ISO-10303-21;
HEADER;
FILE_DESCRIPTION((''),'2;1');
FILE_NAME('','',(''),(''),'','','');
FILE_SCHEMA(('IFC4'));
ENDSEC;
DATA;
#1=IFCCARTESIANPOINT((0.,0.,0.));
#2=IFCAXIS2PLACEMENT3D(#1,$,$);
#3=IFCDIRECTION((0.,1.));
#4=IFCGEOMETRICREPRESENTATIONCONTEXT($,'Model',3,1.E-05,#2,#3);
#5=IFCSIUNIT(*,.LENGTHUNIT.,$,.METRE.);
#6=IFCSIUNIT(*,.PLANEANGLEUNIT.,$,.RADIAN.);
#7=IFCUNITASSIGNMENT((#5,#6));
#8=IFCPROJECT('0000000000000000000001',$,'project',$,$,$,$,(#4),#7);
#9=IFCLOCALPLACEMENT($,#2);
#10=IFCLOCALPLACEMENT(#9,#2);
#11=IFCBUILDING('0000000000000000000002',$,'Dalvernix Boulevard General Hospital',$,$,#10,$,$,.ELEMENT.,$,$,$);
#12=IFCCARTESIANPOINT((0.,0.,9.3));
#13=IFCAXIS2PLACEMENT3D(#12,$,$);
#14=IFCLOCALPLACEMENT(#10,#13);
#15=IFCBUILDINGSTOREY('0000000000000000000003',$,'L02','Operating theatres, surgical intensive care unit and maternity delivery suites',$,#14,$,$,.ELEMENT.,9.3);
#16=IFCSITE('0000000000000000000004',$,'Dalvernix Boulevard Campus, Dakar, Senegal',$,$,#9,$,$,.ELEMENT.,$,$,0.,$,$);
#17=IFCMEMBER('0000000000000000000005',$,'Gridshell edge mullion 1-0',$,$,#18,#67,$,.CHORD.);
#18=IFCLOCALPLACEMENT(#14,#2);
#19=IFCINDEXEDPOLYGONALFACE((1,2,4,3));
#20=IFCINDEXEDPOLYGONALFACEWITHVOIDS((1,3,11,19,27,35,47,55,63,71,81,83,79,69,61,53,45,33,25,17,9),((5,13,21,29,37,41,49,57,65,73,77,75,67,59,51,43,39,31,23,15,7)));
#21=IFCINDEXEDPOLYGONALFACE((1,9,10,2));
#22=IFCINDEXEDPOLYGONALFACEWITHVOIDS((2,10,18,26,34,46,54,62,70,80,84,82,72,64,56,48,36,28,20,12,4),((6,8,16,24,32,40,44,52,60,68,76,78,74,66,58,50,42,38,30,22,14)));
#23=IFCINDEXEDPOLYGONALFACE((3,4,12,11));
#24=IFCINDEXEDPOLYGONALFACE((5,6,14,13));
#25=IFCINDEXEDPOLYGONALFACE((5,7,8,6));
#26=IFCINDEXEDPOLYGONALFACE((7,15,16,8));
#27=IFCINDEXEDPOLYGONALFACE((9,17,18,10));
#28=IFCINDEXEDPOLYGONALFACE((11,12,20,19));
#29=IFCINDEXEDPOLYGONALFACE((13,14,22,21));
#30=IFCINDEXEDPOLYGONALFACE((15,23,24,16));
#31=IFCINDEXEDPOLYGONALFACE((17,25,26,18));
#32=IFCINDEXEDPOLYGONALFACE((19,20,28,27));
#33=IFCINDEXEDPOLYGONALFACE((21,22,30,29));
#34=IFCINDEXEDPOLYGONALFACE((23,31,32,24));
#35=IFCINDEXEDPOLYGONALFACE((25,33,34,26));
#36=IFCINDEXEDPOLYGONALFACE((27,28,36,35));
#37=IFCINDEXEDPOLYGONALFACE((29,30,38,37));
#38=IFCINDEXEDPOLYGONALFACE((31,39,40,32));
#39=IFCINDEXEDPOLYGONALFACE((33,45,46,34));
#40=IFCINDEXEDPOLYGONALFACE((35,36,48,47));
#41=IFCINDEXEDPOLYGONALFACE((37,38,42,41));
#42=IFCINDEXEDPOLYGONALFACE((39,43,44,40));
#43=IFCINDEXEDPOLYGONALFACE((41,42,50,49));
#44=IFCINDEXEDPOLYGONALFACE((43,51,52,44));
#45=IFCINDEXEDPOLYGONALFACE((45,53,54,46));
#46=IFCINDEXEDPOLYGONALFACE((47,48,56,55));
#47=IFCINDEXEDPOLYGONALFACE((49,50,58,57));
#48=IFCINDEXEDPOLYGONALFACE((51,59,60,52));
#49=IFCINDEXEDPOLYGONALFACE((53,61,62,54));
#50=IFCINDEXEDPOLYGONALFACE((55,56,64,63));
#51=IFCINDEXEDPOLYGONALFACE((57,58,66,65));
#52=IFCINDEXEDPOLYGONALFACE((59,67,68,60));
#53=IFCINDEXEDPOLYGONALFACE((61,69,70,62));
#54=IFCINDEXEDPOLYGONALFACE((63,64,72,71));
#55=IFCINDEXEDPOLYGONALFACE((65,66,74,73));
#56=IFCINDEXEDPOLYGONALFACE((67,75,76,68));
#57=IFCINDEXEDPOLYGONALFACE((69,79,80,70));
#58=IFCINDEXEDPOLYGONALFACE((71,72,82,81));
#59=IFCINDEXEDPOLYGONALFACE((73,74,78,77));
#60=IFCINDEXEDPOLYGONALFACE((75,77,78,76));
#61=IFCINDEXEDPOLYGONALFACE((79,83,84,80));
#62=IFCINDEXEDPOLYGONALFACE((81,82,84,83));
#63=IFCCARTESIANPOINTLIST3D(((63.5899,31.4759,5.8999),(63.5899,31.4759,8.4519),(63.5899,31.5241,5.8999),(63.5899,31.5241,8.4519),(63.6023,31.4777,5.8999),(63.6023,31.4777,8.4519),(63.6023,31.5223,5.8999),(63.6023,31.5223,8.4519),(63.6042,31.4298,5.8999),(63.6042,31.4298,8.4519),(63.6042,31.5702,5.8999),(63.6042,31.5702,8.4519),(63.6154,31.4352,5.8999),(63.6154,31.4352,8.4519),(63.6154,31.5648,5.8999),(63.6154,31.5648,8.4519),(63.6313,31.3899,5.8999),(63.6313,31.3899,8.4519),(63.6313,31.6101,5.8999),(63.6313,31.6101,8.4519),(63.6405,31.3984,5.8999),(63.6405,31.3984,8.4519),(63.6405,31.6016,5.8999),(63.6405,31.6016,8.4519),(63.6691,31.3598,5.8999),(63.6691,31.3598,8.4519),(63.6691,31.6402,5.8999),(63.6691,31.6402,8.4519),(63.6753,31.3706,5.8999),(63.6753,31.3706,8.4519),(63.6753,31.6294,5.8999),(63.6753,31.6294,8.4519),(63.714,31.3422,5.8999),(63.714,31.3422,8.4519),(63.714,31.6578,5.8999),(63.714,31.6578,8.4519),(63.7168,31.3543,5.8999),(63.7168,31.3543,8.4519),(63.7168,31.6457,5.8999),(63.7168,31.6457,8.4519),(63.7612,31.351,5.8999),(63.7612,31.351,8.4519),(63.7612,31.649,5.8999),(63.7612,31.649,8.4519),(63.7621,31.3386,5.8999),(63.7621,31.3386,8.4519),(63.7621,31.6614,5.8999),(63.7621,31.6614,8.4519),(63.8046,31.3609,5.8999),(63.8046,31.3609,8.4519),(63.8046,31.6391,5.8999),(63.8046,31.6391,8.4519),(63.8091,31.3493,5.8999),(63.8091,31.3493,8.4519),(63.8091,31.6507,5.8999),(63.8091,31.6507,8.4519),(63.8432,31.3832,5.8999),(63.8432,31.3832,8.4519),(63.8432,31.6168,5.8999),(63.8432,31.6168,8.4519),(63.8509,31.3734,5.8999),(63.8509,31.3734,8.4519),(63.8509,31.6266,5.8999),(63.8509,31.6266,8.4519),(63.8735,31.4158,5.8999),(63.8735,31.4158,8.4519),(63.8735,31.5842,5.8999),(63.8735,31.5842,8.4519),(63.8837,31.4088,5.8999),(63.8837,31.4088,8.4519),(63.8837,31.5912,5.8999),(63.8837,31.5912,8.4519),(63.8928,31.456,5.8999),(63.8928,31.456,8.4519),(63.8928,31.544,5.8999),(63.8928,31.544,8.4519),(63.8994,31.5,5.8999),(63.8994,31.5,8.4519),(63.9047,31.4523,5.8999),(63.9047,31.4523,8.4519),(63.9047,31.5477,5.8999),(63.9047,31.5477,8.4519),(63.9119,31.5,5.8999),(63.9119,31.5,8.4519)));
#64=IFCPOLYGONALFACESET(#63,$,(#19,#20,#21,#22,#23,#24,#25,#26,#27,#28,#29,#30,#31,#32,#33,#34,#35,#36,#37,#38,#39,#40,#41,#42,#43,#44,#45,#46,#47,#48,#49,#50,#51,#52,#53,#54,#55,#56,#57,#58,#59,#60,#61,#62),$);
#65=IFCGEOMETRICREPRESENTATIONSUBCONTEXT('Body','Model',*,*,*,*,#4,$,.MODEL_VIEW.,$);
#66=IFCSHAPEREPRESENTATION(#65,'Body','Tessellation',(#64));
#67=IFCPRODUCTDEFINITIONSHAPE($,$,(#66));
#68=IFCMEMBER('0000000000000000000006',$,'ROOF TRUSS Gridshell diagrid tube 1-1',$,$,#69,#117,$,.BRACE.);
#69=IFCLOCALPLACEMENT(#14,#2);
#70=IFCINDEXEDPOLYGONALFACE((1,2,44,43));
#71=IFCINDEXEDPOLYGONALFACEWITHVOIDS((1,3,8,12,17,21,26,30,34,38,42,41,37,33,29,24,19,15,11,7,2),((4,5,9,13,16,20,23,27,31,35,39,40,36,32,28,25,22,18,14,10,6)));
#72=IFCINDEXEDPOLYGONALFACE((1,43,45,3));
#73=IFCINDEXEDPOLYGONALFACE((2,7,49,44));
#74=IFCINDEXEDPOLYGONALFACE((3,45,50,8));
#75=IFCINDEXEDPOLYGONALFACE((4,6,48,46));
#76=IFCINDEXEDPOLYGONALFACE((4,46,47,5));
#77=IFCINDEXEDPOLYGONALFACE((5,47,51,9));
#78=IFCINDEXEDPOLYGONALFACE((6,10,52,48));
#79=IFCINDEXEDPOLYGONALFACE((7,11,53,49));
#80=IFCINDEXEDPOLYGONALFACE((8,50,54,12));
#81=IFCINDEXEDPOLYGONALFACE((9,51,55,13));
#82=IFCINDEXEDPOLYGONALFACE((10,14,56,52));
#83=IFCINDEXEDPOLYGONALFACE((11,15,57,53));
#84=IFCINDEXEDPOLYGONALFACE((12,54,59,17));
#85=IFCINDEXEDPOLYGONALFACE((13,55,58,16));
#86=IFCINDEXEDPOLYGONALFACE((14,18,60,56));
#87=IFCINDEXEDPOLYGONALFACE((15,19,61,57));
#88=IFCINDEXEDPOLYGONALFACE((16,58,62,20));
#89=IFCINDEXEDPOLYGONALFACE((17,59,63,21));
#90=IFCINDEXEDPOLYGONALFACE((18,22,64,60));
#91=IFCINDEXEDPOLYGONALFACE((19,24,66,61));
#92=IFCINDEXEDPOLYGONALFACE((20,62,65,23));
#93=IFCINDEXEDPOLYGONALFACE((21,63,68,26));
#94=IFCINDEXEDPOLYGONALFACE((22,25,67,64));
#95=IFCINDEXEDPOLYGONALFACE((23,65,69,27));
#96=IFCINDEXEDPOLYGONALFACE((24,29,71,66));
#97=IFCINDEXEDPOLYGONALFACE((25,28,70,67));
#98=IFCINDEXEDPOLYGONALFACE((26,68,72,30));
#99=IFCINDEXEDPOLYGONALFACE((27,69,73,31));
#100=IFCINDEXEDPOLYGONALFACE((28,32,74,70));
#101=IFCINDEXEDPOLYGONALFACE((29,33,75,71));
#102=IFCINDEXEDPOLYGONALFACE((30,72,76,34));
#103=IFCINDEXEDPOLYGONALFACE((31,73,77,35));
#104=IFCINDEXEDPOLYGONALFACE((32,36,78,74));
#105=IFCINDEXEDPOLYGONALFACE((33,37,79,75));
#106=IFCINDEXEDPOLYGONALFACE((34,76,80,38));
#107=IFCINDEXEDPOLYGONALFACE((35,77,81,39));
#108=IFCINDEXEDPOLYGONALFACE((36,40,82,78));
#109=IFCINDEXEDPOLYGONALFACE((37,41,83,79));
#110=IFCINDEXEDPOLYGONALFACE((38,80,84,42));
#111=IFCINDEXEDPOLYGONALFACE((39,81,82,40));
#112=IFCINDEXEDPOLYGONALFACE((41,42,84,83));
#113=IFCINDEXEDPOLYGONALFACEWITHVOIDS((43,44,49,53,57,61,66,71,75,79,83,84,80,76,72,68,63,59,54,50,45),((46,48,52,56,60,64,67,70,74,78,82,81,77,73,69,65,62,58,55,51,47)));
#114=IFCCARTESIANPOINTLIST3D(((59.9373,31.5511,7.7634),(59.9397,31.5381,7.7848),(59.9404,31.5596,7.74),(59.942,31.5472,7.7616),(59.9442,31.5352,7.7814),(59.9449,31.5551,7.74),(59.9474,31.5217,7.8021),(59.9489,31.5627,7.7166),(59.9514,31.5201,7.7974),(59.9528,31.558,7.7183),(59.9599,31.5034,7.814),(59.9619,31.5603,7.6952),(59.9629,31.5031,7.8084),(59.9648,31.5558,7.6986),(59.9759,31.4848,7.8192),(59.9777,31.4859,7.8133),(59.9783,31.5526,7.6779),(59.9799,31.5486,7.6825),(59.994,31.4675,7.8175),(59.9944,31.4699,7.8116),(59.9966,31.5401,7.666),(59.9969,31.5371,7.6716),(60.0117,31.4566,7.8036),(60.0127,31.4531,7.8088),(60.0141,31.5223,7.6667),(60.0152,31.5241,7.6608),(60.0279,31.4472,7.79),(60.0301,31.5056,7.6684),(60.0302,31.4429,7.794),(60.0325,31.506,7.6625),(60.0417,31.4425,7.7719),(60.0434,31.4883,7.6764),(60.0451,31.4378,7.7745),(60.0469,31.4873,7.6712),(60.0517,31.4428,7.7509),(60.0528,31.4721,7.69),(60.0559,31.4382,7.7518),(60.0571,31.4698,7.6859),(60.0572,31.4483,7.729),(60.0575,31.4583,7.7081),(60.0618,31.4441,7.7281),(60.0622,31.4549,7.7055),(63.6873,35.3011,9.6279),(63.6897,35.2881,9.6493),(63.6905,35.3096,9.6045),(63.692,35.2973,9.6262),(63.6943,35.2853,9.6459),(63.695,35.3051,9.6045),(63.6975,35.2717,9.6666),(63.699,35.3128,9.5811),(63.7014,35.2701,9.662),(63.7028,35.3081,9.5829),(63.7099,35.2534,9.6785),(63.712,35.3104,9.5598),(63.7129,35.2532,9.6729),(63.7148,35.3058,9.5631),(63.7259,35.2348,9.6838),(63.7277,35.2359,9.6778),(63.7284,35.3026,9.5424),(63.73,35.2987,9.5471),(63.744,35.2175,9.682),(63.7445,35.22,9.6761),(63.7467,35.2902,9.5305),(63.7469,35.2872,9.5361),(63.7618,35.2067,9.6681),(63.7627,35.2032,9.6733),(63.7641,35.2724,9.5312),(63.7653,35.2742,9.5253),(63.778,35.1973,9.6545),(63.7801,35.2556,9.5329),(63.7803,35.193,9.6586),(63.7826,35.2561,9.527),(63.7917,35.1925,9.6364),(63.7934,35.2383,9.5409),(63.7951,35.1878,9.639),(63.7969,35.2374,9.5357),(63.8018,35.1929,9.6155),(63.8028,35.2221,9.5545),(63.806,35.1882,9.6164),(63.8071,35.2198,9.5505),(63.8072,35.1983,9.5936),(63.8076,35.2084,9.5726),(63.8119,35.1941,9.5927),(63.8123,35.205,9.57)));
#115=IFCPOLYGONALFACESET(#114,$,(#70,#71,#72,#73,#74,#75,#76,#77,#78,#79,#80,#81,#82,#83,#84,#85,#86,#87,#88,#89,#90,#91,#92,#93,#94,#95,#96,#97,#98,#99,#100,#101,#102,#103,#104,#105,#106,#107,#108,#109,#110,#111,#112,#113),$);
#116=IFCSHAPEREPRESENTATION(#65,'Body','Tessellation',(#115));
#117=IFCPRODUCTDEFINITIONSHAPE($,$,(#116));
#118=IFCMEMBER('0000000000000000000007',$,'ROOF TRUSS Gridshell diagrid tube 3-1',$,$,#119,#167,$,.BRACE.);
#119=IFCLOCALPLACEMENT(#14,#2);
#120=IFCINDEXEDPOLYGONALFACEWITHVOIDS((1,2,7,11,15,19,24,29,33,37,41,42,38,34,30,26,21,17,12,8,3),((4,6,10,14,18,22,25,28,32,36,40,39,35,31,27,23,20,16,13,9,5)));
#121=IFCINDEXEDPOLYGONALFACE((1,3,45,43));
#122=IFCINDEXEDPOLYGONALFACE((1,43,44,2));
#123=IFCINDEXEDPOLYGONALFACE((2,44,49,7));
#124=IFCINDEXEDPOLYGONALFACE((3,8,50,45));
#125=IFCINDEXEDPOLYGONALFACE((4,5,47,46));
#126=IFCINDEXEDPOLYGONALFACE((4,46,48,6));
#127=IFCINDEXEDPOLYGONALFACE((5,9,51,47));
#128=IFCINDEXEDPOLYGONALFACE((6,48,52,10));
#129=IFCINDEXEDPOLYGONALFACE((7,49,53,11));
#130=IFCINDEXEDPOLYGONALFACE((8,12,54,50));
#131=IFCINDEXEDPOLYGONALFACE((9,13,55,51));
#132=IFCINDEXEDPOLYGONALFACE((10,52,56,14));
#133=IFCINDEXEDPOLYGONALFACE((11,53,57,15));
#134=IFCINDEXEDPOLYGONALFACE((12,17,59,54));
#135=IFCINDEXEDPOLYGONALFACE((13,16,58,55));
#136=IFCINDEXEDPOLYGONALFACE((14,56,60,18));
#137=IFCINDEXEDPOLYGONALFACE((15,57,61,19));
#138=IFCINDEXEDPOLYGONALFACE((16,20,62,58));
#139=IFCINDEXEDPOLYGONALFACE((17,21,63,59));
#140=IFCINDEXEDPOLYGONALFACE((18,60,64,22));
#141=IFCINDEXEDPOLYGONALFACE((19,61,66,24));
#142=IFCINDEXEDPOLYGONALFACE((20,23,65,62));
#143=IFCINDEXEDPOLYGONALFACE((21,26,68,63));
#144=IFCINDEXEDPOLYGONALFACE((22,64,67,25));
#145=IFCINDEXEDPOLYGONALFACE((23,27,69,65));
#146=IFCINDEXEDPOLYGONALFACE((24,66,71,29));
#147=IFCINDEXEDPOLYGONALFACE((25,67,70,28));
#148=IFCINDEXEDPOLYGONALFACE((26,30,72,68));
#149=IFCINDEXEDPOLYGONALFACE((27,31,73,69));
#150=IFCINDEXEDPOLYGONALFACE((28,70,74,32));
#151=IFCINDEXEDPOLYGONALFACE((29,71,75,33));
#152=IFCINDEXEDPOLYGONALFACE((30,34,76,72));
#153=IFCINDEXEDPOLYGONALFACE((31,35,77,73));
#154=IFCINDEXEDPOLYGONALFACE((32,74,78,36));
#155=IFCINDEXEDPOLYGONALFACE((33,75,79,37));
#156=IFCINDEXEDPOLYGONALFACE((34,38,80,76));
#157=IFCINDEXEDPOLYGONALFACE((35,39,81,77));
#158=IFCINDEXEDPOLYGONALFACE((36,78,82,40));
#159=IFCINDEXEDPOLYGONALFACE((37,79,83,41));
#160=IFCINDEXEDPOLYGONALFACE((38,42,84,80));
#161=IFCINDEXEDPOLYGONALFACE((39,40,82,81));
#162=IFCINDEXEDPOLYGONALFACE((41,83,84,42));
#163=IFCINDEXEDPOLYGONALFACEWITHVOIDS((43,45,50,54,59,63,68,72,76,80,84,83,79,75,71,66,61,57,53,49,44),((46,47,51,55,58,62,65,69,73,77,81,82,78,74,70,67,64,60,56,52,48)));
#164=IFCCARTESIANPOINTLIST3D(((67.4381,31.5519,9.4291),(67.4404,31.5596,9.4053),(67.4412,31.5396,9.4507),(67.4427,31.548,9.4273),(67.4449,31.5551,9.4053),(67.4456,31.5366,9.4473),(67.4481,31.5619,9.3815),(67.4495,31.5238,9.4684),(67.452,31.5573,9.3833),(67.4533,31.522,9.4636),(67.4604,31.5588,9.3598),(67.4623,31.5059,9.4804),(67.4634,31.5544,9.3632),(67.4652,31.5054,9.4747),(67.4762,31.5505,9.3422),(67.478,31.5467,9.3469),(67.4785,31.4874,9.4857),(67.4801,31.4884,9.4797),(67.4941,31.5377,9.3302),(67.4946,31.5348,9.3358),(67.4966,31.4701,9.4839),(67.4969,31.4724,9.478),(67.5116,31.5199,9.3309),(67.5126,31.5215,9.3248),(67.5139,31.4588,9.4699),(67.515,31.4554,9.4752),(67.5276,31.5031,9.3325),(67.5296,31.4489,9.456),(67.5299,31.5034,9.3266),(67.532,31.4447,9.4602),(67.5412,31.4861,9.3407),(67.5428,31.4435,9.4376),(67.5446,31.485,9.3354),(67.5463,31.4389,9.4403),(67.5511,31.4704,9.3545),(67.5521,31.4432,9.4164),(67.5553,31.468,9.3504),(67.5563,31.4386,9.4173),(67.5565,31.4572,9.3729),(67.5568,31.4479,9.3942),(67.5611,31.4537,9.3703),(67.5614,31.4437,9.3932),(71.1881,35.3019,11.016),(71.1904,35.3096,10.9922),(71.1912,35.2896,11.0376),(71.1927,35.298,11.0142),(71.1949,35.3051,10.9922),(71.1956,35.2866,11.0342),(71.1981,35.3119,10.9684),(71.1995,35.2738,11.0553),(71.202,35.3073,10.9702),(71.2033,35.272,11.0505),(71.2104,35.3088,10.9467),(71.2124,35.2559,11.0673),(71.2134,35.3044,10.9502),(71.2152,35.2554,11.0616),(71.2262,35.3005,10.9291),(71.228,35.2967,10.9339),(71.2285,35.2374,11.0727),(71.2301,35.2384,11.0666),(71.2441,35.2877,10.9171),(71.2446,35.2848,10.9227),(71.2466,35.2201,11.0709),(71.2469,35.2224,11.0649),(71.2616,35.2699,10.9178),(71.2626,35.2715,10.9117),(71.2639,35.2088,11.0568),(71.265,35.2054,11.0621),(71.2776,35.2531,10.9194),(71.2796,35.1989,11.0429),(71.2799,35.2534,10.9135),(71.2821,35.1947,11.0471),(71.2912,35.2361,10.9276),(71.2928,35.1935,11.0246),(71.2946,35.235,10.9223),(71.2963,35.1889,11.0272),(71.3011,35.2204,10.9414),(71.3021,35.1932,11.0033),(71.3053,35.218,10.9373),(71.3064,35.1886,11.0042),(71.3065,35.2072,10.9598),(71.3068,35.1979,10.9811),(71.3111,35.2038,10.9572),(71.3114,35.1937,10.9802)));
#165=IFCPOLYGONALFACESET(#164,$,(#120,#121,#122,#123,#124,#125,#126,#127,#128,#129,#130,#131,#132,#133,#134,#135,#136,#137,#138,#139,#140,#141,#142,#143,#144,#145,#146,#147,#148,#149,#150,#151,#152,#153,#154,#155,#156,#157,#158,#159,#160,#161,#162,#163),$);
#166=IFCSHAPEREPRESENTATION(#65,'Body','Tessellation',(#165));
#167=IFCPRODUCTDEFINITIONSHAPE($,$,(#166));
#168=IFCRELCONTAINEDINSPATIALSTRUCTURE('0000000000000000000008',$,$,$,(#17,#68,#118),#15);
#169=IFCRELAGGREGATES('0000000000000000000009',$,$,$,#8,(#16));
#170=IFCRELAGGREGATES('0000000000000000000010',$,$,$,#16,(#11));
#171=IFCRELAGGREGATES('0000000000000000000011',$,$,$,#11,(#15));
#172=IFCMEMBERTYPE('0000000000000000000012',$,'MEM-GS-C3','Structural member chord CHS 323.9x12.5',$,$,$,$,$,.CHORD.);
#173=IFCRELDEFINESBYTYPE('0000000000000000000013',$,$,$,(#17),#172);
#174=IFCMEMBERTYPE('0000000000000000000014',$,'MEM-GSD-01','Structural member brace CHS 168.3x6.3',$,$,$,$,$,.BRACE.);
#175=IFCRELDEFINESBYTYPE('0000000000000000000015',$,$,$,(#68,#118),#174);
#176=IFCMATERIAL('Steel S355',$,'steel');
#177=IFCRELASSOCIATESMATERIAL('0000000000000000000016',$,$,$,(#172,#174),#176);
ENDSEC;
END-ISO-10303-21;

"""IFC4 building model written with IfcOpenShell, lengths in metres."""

from ifc_helpers import new_model, si_unit, direction, frame, origin, origin_2d, place, context, subcontext, project, spatial, hollow_circle, extrude, material, material_profile, profile_set, type_object, element, save


model = new_model("IFC4")

# Units and contexts
model_context = context("Model", 3, precision=1e-05, world=origin(), true_north=direction((0.0, 1.0)))
body_context = subcontext(model_context, "Body", "Model", "MODEL_VIEW")
ifc_project = project(units=[si_unit("LENGTHUNIT", "METRE"), si_unit("PLANEANGLEUNIT", "RADIAN")], contexts=[model_context])

# Site, building, storey
site_placement = place(None, origin())
site = spatial("IfcSite", under=ifc_project, at=site_placement, Name="Dalvernix Boulevard Campus, Dakar, Senegal", CompositionType="ELEMENT", RefElevation=0.0)
building_placement = place(site_placement, origin())
building = spatial("IfcBuilding", under=site, at=building_placement, Name="Dalvernix Boulevard General Hospital", CompositionType="ELEMENT")
storey_placement = place(building_placement, frame((0.0, 0.0, 9.3)))
storey = spatial("IfcBuildingStorey", under=building, at=storey_placement, Name="L02", Description="Operating theatres, surgical intensive care unit and maternity delivery suites", CompositionType="ELEMENT", Elevation=9.3)

# Shared definitions
ifc_material_1 = material(Name="Steel S355", Category="steel")

# Members
ifc_material_profile_1 = material_profile(ifc_material_1, hollow_circle(Radius=0.1619, WallThickness=0.0125, at=origin_2d()), Name="CHS 323.9x12.5")
ifc_profile_set_1 = profile_set([ifc_material_profile_1], Name="Steel S355")
member_type_1 = type_object("IfcMemberType", Name="MEM-GS-C3", Description="Structural member chord CHS 323.9x12.5", PredefinedType="CHORD", material=ifc_profile_set_1)
member_1_placement = place(storey_placement, frame((63.75, 31.5, 5.8999), z_axis=(0.0, 0.0, 1.0), x_axis=(1.0, 0.0, 0.0)))
element("IfcMember", 1, at=member_1_placement, inside=storey, type_object=member_type_1, Name="Gridshell edge mullion 1-0", PredefinedType="CHORD", context=body_context, shape_type="SweptSolid", body=[
    extrude(hollow_circle(Radius=0.1619, WallThickness=0.0125, at=origin_2d()), origin(), (0.0, 0.0, 1.0), 2.552),
])
ifc_material_profile_2 = material_profile(ifc_material_1, hollow_circle(Radius=0.0842, WallThickness=0.0063, at=origin_2d()), Name="CHS 168.3x6.3")
ifc_profile_set_2 = profile_set([ifc_material_profile_2], Name="Steel S355")
member_type_2 = type_object("IfcMemberType", Name="MEM-GSD-01", Description="Structural member brace CHS 168.3x6.3", PredefinedType="BRACE", material=ifc_profile_set_2)
member_2_placement = place(storey_placement, frame((60.0, 31.5, 7.74), z_axis=(0.667081, 0.667081, 0.331673), x_axis=(-0.707107, 0.707107, 0.0)))
element("IfcMember", 2, at=member_2_placement, inside=storey, type_object=member_type_2, Name="ROOF TRUSS Gridshell diagrid tube 1-1", PredefinedType="BRACE", context=body_context, shape_type="SweptSolid", body=[
    extrude(hollow_circle(Radius=0.0842, WallThickness=0.0063, at=origin_2d()), origin(), (0.0, 0.0, 1.0), 5.6216),
])
member_3_placement = place(storey_placement, frame((67.5, 31.5, 9.4053), z_axis=(0.677429, 0.677429, 0.286672), x_axis=(-0.707107, 0.707107, 0.0)))
element("IfcMember", 3, at=member_3_placement, inside=storey, type_object=member_type_2, Name="ROOF TRUSS Gridshell diagrid tube 3-1", PredefinedType="BRACE", context=body_context, shape_type="SweptSolid", body=[
    extrude(hollow_circle(Radius=0.0842, WallThickness=0.0063, at=origin_2d()), origin(), (0.0, 0.0, 1.0), 5.5356),
])

save(model, "model.ifc")
